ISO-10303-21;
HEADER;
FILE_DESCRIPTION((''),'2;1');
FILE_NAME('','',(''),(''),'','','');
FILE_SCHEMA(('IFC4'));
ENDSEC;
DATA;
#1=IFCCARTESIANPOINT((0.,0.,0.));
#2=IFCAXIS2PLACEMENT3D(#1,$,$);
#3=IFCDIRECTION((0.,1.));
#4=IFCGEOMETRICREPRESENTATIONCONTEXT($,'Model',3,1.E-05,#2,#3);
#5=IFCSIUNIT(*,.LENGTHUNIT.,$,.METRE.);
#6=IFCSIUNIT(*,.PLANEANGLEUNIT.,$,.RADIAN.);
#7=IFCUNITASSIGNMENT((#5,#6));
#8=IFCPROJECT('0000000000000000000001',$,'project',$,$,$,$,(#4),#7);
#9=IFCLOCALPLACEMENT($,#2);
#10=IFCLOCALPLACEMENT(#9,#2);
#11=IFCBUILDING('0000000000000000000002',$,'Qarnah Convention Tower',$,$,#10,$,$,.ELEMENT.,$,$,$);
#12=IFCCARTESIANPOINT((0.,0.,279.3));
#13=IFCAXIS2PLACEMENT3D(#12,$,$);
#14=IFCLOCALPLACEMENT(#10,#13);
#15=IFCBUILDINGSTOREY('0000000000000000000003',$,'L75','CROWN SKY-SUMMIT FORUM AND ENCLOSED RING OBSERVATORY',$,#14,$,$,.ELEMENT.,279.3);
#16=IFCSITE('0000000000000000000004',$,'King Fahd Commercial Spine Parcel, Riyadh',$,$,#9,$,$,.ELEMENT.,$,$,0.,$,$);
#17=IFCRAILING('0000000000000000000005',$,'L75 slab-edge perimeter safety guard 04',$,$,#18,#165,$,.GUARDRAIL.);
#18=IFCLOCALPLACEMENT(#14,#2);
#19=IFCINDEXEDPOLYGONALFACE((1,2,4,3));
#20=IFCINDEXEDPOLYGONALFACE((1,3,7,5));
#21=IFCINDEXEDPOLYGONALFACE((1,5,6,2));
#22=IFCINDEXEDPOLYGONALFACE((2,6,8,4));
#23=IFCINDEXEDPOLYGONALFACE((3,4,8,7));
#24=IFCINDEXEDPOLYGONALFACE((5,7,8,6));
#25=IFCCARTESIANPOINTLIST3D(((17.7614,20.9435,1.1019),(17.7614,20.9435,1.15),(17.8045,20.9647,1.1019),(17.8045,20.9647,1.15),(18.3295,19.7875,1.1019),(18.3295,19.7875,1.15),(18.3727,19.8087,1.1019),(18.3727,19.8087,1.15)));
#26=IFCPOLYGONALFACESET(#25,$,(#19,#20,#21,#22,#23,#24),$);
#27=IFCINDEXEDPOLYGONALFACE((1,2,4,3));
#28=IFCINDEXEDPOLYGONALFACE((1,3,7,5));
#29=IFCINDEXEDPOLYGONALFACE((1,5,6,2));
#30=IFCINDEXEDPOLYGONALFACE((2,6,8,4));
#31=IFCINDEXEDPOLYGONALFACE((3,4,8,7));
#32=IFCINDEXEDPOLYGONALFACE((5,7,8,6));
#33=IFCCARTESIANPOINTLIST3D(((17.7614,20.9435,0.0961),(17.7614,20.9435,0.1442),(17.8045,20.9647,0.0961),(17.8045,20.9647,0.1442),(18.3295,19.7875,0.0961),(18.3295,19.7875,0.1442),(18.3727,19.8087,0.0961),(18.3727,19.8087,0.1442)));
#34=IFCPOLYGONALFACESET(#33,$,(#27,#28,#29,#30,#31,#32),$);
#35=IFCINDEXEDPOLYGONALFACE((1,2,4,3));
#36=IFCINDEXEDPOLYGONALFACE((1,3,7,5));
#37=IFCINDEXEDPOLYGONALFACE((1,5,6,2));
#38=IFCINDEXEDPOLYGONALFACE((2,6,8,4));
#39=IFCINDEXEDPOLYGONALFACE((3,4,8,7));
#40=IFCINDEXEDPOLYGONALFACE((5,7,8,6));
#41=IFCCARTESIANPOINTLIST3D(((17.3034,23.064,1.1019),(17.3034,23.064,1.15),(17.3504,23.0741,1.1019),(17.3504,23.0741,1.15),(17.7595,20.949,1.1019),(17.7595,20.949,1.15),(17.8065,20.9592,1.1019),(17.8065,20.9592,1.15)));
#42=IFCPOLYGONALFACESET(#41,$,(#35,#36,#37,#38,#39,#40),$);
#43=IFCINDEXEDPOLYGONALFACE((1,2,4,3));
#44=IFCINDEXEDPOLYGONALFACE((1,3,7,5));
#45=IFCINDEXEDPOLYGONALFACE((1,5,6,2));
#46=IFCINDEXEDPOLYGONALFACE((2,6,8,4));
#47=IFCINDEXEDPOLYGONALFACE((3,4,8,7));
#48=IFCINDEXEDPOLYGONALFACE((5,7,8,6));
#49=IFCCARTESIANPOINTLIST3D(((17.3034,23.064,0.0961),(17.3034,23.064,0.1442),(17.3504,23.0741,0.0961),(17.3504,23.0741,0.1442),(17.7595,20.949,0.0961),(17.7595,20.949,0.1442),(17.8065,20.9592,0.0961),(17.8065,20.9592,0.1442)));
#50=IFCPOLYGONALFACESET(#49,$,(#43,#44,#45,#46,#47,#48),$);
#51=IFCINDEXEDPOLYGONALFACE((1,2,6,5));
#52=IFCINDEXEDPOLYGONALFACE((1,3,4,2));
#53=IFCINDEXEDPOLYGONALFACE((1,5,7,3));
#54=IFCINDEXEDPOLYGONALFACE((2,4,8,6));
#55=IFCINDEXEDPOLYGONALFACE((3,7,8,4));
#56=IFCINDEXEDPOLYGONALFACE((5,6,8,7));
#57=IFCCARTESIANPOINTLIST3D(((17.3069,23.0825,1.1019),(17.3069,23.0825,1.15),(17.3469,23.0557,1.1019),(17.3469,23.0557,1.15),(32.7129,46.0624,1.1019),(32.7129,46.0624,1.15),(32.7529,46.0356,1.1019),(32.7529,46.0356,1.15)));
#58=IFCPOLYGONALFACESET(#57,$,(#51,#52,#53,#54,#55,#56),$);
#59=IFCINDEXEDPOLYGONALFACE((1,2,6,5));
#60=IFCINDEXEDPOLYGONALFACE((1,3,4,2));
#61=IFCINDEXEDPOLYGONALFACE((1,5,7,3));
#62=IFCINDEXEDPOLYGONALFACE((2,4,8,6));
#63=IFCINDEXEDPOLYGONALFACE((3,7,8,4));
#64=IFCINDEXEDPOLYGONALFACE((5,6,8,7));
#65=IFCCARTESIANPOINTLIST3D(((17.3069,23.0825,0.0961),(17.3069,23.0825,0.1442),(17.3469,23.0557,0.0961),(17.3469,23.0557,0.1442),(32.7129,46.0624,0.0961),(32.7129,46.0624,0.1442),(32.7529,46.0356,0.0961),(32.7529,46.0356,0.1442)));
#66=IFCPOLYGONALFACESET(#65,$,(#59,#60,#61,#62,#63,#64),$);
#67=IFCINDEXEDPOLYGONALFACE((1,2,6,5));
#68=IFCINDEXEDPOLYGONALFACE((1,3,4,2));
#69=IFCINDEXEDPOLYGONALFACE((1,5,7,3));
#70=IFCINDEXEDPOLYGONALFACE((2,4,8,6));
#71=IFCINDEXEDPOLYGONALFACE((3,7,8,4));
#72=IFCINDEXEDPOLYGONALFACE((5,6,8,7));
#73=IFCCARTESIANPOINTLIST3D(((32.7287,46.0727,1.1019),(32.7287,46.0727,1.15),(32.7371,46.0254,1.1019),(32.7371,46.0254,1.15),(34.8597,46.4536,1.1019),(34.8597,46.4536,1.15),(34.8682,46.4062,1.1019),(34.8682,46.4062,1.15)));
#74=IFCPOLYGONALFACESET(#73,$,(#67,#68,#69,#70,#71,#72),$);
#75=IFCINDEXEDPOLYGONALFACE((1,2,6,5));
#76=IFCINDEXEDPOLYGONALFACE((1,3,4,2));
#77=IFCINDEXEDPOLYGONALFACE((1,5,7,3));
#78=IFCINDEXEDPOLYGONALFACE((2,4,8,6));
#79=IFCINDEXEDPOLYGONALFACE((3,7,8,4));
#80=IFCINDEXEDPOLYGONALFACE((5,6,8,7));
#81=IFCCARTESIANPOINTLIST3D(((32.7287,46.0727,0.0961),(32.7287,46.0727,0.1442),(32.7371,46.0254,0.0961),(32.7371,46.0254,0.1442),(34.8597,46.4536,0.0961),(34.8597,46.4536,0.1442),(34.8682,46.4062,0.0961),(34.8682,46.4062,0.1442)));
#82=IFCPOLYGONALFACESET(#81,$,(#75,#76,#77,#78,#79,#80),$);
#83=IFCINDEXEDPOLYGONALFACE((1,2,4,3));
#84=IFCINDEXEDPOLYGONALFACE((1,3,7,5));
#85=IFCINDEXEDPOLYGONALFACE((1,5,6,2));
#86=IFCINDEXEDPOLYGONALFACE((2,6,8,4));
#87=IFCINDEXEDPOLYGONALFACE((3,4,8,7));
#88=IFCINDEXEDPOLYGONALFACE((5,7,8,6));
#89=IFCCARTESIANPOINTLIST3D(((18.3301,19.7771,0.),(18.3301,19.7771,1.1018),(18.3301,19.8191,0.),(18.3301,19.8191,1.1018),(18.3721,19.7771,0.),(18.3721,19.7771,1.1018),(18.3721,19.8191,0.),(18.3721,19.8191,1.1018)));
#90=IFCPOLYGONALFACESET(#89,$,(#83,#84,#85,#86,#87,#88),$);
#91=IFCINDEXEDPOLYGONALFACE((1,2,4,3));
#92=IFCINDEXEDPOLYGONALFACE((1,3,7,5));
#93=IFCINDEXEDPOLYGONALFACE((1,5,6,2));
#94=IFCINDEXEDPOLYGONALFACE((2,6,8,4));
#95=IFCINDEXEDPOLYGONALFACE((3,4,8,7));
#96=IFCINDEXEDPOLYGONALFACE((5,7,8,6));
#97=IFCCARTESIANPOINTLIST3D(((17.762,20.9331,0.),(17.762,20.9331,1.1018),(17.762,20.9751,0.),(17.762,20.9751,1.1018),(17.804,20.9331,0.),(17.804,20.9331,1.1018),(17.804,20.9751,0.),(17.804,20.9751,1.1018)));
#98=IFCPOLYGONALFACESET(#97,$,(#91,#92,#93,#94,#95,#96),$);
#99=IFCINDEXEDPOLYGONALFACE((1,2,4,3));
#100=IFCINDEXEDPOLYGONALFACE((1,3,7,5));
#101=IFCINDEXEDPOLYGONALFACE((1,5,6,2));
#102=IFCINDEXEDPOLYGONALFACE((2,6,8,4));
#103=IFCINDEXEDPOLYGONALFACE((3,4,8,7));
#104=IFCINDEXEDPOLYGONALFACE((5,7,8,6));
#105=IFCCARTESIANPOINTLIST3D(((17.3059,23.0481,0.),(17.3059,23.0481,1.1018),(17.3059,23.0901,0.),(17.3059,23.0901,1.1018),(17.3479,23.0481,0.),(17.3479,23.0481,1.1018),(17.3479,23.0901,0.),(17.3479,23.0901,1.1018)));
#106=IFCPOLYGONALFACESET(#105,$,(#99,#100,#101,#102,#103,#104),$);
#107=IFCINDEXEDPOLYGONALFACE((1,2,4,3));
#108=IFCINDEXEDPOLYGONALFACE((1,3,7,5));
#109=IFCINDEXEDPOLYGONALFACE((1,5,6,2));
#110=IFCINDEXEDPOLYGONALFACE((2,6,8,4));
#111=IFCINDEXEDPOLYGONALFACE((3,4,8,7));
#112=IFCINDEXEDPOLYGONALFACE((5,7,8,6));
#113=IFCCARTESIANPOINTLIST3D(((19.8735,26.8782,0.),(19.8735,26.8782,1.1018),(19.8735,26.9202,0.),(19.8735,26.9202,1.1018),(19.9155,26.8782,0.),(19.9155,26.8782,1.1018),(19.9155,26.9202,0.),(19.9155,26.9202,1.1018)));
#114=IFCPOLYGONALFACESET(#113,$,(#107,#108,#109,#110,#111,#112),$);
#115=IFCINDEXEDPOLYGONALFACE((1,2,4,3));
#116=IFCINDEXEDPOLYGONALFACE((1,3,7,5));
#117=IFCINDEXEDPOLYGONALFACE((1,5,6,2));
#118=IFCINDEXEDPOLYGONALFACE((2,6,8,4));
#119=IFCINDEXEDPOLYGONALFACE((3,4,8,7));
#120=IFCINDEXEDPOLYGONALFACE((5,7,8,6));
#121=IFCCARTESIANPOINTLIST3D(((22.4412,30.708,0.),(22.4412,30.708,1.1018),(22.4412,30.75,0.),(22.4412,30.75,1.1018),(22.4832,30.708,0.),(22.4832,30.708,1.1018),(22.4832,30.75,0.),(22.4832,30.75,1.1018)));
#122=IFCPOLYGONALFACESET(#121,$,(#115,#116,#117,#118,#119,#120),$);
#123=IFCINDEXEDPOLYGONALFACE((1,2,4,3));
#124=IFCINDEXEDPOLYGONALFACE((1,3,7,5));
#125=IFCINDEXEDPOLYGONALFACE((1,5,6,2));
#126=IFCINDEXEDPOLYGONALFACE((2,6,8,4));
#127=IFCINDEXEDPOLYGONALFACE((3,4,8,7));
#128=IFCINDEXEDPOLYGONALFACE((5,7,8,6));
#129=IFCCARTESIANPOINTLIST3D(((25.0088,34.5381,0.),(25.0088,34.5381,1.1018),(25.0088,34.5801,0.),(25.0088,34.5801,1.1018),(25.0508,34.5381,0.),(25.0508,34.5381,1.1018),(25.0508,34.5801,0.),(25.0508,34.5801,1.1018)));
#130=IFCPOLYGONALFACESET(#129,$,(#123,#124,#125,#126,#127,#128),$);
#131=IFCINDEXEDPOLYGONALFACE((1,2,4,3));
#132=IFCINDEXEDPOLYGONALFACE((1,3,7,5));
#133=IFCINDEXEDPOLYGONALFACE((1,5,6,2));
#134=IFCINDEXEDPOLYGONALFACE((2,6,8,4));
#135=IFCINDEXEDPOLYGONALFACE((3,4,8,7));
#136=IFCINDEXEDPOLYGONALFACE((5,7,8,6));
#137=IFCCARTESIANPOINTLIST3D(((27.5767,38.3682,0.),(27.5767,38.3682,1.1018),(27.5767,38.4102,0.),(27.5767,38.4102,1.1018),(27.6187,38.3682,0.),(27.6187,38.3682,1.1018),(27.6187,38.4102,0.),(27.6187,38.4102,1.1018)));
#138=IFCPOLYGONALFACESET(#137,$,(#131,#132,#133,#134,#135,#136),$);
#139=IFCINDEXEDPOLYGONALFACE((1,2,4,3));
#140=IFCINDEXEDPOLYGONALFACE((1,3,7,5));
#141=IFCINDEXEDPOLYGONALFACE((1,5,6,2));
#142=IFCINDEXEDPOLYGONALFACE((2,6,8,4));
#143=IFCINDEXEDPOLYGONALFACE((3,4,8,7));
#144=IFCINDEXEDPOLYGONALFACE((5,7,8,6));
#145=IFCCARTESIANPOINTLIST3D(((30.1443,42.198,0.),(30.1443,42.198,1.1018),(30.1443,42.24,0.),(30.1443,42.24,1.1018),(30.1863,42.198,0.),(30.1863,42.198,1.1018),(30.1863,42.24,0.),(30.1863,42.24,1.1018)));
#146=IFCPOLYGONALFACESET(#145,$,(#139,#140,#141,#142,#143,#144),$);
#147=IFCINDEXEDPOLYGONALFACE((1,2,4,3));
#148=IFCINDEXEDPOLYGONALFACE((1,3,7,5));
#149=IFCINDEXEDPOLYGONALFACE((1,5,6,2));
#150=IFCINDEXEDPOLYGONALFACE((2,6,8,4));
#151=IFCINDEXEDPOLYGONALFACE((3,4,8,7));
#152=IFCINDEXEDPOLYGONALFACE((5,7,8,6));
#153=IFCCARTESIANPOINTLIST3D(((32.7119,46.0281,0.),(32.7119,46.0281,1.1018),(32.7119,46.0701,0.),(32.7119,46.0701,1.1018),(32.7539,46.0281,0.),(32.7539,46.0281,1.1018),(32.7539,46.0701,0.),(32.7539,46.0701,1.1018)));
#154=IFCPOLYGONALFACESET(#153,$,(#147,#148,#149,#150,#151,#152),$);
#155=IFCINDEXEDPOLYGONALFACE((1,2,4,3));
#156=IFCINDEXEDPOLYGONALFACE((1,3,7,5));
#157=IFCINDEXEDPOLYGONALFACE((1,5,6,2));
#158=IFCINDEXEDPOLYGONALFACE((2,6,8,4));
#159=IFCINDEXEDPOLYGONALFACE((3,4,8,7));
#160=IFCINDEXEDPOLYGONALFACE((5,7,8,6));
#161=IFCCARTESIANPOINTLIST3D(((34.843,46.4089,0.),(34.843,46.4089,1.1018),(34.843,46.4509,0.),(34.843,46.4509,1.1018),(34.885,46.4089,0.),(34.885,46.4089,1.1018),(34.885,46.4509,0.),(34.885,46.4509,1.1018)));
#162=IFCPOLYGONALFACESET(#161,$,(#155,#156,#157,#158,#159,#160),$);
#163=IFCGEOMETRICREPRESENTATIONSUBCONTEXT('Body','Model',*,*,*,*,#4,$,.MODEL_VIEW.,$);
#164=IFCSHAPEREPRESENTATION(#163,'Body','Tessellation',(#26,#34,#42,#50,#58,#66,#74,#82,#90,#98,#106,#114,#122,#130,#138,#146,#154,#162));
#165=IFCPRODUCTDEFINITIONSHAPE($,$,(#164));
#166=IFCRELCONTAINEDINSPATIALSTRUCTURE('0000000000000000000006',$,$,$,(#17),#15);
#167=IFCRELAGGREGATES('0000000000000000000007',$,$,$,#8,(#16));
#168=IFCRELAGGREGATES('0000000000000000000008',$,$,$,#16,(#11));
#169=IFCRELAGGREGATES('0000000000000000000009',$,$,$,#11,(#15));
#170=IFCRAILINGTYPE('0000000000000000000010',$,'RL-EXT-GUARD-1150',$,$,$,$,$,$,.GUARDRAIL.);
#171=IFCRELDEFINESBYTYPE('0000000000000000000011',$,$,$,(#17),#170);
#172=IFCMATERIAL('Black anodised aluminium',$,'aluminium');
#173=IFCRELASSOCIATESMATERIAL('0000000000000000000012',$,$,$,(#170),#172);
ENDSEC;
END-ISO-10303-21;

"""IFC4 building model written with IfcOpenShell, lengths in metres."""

from ifc_helpers import new_model, si_unit, direction, frame, origin, origin_2d, place, context, subcontext, project, spatial, rectangle, extrude, material, type_object, element, save


model = new_model("IFC4")

# Units and contexts
model_context = context("Model", 3, precision=1e-05, world=origin(), true_north=direction((0.0, 1.0)))
body_context = subcontext(model_context, "Body", "Model", "MODEL_VIEW")
ifc_project = project(units=[si_unit("LENGTHUNIT", "METRE"), si_unit("PLANEANGLEUNIT", "RADIAN")], contexts=[model_context])

# Site, building, storey
site_placement = place(None, origin())
site = spatial("IfcSite", under=ifc_project, at=site_placement, Name="King Fahd Commercial Spine Parcel, Riyadh", CompositionType="ELEMENT", RefElevation=0.0)
building_placement = place(site_placement, origin())
building = spatial("IfcBuilding", under=site, at=building_placement, Name="Qarnah Convention Tower", CompositionType="ELEMENT")
storey_placement = place(building_placement, frame((0.0, 0.0, 279.3)))
storey = spatial("IfcBuildingStorey", under=building, at=storey_placement, Name="L75", Description="CROWN SKY-SUMMIT FORUM AND ENCLOSED RING OBSERVATORY", CompositionType="ELEMENT", Elevation=279.3)

# Shared definitions
ifc_material_1 = material(Name="Black anodised aluminium", Category="aluminium")

# Railing
railing_type = type_object("IfcRailingType", Name="RL-EXT-GUARD-1150", PredefinedType="GUARDRAIL", material=ifc_material_1)
railing_1_placement = place(storey_placement, frame((18.3511, 19.7981, 0.0)))
element("IfcRailing", 1, at=railing_1_placement, inside=storey, type_object=railing_type, Name="L75 slab-edge perimeter safety guard 04", PredefinedType="GUARDRAIL", context=body_context, shape_type="SweptSolid", body=[
    extrude(rectangle(XDim=0.0481, YDim=0.0481, at=origin_2d()), frame((0.0, 0.0, 1.126), z_axis=(-0.441062, 0.897477, 0.0), x_axis=(-0.897477, -0.441062, 0.0)), (0.0, 0.0, 1.0), 1.2881),
    extrude(rectangle(XDim=0.0481, YDim=0.0481, at=origin_2d()), frame((0.0, 0.0, 0.1201), z_axis=(-0.441062, 0.897477, 0.0), x_axis=(-0.897477, -0.441062, 0.0)), (0.0, 0.0, 1.0), 1.2881),
    extrude(rectangle(XDim=0.0481, YDim=0.0481, at=origin_2d()), frame((-0.5681, 1.156, 1.126), z_axis=(-0.210785, 0.977532, 0.0), x_axis=(-0.977532, -0.210785, 0.0)), (0.0, 0.0, 1.0), 2.1636),
    extrude(rectangle(XDim=0.0481, YDim=0.0481, at=origin_2d()), frame((-0.5681, 1.156, 0.1201), z_axis=(-0.210785, 0.977532, 0.0), x_axis=(-0.977532, -0.210785, 0.0)), (0.0, 0.0, 1.0), 2.1636),
    extrude(rectangle(XDim=0.0481, YDim=0.0481, at=origin_2d()), frame((-1.0242, 3.271, 1.126), z_axis=(0.556851, 0.830613, 0.0), x_axis=(-0.830613, 0.556851, 0.0)), (0.0, 0.0, 1.0), 27.6663),
    extrude(rectangle(XDim=0.0481, YDim=0.0481, at=origin_2d()), frame((-1.0242, 3.271, 0.1201), z_axis=(0.556851, 0.830613, 0.0), x_axis=(-0.830613, 0.556851, 0.0)), (0.0, 0.0, 1.0), 27.6663),
    extrude(rectangle(XDim=0.0481, YDim=0.0481, at=origin_2d()), frame((14.3818, 26.251, 1.126), z_axis=(0.984403, 0.175927, 0.0), x_axis=(-0.175927, 0.984403, 0.0)), (0.0, 0.0, 1.0), 2.1648),
    extrude(rectangle(XDim=0.0481, YDim=0.0481, at=origin_2d()), frame((14.3818, 26.251, 0.1201), z_axis=(0.984403, 0.175927, 0.0), x_axis=(-0.175927, 0.984403, 0.0)), (0.0, 0.0, 1.0), 2.1648),
    extrude(rectangle(XDim=0.042, YDim=0.042, at=origin_2d()), origin(), (0.0, 0.0, 1.0), 1.1018),
    extrude(rectangle(XDim=0.042, YDim=0.042, at=origin_2d()), frame((-0.5681, 1.156, 0.0)), (0.0, 0.0, 1.0), 1.1018),
    extrude(rectangle(XDim=0.042, YDim=0.042, at=origin_2d()), frame((-1.0242, 3.271, 0.0)), (0.0, 0.0, 1.0), 1.1018),
    extrude(rectangle(XDim=0.042, YDim=0.042, at=origin_2d()), frame((1.5435, 7.1011, 0.0)), (0.0, 0.0, 1.0), 1.1018),
    extrude(rectangle(XDim=0.042, YDim=0.042, at=origin_2d()), frame((4.1111, 10.9309, 0.0)), (0.0, 0.0, 1.0), 1.1018),
    extrude(rectangle(XDim=0.042, YDim=0.042, at=origin_2d()), frame((6.6787, 14.761, 0.0)), (0.0, 0.0, 1.0), 1.1018),
    extrude(rectangle(XDim=0.042, YDim=0.042, at=origin_2d()), frame((9.2466, 18.5911, 0.0)), (0.0, 0.0, 1.0), 1.1018),
    extrude(rectangle(XDim=0.042, YDim=0.042, at=origin_2d()), frame((11.8142, 22.4209, 0.0)), (0.0, 0.0, 1.0), 1.1018),
    extrude(rectangle(XDim=0.042, YDim=0.042, at=origin_2d()), frame((14.3818, 26.251, 0.0)), (0.0, 0.0, 1.0), 1.1018),
    extrude(rectangle(XDim=0.042, YDim=0.042, at=origin_2d()), frame((16.5129, 26.6318, 0.0)), (0.0, 0.0, 1.0), 1.1018),
])

save(model, "model.ifc")
